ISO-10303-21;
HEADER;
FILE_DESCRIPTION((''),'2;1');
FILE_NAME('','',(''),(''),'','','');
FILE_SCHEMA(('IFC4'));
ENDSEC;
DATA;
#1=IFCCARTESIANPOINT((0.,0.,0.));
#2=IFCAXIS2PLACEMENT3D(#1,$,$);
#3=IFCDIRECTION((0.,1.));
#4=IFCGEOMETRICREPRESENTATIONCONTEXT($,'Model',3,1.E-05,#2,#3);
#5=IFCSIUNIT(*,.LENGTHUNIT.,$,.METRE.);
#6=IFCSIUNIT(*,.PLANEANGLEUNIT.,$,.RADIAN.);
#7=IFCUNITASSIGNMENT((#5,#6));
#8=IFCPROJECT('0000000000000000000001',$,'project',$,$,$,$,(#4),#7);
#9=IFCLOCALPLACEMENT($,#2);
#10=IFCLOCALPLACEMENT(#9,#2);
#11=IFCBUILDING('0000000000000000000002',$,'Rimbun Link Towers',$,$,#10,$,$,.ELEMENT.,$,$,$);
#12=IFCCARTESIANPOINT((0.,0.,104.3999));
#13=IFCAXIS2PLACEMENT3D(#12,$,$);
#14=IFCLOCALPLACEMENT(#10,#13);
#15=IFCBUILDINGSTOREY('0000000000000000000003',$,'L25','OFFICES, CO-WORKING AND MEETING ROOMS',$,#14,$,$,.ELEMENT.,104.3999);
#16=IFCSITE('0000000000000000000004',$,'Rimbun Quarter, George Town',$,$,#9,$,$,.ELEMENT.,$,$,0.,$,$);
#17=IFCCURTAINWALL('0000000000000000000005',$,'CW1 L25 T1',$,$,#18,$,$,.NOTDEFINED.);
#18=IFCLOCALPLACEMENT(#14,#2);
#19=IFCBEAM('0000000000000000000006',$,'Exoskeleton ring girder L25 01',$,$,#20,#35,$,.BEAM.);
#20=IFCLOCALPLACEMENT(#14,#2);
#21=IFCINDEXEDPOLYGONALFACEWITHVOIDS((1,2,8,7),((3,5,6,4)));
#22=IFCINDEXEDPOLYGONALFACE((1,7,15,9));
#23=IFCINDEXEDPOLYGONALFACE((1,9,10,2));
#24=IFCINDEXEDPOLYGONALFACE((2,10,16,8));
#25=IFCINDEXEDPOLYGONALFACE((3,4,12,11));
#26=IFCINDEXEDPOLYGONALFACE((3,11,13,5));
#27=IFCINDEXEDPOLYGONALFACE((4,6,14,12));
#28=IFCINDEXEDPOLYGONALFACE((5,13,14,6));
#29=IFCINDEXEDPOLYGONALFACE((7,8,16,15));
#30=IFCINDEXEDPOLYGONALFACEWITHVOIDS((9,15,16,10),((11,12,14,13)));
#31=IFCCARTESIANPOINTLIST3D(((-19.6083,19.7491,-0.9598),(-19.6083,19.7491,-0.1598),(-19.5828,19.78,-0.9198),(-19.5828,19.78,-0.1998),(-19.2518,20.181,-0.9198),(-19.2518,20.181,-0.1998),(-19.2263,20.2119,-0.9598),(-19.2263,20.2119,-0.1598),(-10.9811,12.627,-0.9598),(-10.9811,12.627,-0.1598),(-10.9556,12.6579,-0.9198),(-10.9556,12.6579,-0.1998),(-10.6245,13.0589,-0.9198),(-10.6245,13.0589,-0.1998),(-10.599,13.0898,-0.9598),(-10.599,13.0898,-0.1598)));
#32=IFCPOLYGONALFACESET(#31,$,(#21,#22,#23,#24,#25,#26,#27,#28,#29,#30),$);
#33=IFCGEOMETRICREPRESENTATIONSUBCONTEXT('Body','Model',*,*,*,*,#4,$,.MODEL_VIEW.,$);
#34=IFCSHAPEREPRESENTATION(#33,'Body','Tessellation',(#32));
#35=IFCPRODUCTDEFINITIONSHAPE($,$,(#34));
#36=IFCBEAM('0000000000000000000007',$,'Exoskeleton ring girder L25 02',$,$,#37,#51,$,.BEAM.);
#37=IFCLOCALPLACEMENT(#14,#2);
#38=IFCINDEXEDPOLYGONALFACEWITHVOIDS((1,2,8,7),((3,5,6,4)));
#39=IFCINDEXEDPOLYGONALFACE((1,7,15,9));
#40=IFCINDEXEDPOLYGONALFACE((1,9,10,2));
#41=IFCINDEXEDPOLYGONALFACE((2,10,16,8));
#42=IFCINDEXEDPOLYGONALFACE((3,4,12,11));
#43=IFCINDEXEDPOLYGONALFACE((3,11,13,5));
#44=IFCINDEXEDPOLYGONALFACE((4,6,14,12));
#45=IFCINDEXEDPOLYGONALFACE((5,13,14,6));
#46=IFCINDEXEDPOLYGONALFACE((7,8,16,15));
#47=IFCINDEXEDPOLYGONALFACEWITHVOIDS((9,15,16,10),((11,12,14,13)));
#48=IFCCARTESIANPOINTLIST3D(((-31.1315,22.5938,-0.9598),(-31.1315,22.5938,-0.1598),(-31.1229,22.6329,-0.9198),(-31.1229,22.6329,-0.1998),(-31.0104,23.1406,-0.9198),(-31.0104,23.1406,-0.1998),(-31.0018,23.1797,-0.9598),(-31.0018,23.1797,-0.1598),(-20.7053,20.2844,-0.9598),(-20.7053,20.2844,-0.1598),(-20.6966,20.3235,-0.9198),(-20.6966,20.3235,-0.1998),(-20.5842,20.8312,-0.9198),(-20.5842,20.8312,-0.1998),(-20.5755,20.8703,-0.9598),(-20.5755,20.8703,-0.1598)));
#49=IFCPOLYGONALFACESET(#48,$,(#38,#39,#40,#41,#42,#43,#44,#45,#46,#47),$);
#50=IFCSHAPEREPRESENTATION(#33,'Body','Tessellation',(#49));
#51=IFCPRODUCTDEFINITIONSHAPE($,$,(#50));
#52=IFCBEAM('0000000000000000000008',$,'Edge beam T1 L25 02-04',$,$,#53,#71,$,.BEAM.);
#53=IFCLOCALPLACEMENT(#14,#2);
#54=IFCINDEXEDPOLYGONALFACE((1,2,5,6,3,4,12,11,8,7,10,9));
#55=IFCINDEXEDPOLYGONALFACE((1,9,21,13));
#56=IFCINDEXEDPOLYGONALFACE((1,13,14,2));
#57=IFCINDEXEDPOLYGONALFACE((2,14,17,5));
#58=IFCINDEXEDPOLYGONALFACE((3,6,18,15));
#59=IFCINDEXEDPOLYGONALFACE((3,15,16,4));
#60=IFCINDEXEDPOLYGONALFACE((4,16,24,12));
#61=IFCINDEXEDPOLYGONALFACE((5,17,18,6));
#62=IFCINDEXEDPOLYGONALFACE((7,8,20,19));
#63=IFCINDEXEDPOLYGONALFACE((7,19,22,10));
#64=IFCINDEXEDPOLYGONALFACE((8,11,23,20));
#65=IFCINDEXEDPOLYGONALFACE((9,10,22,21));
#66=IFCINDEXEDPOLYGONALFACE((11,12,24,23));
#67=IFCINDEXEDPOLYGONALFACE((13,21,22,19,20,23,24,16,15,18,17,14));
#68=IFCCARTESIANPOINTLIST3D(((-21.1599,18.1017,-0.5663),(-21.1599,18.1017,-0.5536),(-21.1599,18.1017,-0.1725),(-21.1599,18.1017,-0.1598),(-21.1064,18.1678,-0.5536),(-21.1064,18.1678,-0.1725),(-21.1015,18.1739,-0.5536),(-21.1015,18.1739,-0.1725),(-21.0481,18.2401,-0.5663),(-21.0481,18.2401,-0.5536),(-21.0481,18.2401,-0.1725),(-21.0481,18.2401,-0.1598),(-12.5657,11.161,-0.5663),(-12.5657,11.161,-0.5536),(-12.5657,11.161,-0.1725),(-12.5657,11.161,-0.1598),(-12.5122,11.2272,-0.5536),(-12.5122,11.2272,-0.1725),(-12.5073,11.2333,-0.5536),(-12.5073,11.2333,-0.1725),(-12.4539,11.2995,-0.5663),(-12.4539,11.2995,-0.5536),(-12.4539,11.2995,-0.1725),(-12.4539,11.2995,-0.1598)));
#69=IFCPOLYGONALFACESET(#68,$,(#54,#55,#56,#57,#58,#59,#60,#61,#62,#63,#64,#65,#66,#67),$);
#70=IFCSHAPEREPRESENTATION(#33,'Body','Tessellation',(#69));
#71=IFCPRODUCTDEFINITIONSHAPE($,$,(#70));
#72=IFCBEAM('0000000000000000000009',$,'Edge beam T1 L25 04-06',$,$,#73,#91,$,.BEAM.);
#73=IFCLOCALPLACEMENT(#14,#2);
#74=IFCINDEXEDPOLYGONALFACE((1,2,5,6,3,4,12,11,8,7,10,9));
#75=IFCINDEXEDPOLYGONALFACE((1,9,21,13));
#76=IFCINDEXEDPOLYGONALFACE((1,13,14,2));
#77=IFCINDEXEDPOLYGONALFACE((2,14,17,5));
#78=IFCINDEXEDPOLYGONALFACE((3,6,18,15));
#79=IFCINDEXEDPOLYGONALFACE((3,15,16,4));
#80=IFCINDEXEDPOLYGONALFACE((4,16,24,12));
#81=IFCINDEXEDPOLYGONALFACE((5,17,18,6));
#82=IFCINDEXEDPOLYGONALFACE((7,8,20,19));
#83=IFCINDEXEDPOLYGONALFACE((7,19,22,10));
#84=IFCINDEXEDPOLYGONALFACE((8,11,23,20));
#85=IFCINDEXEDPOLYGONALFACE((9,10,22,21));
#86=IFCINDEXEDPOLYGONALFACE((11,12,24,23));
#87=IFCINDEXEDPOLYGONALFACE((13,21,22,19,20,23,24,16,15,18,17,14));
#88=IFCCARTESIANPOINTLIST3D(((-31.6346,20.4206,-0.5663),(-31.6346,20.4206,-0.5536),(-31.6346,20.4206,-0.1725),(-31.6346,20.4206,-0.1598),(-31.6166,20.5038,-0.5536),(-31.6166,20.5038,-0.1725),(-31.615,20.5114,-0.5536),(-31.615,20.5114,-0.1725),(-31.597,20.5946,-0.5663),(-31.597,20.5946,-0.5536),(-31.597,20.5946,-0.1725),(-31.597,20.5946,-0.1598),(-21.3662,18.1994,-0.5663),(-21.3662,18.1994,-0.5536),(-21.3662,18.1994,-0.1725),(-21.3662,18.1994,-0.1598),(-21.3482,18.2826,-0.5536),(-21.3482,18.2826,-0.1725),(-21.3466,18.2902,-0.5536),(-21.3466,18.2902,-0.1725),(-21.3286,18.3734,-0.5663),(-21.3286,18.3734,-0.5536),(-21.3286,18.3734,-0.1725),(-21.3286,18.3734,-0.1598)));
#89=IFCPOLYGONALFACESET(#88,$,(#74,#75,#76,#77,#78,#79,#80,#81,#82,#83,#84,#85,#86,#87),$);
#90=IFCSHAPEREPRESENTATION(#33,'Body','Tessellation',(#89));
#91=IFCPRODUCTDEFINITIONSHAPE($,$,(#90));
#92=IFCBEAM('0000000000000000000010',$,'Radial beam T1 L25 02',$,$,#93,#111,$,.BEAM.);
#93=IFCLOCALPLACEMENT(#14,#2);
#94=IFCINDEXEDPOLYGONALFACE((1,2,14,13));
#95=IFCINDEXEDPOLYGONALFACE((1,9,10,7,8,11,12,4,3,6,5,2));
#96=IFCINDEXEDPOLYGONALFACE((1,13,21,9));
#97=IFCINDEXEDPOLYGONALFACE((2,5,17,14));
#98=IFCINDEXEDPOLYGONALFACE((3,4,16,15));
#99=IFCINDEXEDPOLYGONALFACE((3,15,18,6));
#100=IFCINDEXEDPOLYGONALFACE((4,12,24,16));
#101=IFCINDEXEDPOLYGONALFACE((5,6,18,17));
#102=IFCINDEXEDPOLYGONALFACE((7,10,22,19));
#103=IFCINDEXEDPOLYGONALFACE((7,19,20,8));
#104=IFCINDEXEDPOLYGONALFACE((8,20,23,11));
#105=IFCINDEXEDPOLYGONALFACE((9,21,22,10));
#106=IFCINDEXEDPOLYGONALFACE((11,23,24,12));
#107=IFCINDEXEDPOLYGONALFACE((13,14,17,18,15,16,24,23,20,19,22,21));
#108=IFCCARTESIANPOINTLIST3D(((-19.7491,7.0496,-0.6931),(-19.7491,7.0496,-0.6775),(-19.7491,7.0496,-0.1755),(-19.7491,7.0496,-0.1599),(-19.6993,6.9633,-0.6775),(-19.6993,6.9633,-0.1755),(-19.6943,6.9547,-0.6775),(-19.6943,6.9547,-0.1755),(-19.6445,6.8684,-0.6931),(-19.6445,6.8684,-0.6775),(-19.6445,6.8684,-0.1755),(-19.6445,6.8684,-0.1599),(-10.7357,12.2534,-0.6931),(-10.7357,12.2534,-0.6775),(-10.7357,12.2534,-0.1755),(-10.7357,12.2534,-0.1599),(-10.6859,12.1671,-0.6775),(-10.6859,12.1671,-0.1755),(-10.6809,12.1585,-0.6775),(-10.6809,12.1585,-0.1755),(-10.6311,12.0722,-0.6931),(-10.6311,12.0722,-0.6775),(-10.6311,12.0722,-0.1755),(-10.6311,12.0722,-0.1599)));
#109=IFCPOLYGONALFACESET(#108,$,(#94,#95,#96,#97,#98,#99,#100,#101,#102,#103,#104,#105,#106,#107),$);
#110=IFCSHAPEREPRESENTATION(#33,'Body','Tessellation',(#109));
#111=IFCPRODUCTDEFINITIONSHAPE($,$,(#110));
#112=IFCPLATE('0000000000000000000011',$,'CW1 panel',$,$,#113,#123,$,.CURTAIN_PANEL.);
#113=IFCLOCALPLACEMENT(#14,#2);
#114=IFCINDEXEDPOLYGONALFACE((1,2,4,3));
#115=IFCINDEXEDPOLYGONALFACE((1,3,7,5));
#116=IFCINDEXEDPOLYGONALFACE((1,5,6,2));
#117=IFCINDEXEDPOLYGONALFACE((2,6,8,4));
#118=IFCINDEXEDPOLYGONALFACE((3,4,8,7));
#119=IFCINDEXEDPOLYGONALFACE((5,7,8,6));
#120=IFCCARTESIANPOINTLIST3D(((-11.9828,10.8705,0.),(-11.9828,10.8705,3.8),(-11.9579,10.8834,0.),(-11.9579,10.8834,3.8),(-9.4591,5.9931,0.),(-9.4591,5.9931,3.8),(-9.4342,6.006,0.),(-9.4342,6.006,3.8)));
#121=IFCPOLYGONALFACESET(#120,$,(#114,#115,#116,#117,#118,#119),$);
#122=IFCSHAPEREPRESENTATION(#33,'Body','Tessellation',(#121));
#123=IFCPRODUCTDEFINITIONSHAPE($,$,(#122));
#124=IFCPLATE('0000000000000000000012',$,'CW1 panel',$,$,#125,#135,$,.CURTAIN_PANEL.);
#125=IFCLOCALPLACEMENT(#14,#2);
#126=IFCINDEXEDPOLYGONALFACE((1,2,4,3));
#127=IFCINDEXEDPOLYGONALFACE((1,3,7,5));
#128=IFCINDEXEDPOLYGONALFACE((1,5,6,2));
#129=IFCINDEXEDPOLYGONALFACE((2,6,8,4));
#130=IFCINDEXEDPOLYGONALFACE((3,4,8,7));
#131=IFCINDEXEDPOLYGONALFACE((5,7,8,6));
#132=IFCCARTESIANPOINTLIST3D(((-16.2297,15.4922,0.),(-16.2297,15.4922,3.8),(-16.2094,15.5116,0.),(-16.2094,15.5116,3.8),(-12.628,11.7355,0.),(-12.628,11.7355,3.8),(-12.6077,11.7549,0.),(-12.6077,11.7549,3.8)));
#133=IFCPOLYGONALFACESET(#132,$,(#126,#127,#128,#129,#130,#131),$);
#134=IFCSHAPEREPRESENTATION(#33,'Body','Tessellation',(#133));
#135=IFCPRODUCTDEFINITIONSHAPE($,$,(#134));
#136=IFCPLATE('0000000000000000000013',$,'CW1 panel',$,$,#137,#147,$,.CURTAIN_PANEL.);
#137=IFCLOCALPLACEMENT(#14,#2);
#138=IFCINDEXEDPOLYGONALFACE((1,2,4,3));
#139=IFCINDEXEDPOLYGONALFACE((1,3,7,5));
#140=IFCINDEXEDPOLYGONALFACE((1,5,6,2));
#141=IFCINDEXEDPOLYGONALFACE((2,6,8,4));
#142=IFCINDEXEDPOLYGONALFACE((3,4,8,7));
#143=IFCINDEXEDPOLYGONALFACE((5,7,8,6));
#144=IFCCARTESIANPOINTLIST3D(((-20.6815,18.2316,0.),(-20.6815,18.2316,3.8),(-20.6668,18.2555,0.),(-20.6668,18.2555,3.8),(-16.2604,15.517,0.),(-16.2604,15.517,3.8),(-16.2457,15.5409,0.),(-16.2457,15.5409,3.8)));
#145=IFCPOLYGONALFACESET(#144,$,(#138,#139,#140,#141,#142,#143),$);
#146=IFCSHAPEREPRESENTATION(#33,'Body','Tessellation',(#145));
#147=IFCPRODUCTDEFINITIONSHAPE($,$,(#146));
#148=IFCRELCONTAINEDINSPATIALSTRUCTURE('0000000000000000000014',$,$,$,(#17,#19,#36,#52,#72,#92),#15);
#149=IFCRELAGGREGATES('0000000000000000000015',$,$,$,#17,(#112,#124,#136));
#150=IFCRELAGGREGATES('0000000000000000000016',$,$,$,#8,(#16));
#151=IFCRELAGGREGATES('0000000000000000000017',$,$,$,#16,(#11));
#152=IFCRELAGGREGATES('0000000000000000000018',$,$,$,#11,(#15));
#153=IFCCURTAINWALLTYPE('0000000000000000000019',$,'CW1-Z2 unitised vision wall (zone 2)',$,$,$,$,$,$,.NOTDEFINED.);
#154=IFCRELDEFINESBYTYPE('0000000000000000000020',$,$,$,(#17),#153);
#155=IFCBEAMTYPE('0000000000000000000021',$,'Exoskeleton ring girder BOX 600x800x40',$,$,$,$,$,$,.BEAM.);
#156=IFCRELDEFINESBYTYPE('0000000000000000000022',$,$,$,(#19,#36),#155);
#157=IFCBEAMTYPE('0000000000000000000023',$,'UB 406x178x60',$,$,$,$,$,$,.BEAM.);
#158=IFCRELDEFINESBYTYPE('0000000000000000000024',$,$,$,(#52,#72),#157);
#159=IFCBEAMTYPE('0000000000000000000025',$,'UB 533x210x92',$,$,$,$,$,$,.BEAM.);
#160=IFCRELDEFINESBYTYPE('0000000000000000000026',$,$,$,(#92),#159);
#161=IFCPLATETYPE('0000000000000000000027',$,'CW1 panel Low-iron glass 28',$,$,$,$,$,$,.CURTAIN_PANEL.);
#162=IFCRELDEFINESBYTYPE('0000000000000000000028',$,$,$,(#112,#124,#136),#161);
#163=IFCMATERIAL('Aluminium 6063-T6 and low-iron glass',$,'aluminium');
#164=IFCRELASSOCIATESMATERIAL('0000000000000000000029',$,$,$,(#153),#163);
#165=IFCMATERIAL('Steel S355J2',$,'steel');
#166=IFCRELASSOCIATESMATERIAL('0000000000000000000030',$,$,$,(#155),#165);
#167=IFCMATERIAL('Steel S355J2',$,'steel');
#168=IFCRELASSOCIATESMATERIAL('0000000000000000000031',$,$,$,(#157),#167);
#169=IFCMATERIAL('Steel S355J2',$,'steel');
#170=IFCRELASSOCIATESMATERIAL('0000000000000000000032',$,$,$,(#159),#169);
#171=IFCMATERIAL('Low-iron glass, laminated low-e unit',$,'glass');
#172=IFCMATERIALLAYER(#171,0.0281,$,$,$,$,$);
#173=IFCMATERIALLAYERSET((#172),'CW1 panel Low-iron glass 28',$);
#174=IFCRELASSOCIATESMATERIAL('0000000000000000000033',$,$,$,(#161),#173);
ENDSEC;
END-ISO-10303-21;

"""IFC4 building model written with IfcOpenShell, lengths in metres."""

from ifc_helpers import new_model, si_unit, direction, frame, origin, origin_2d, place, context, subcontext, project, spatial, rectangle, hollow_rectangle, i_section, extrude, material, layer, layer_set, material_profile, profile_set, type_object, element, aggregate, save


model = new_model("IFC4")

# Units and contexts
model_context = context("Model", 3, precision=1e-05, world=origin(), true_north=direction((0.0, 1.0)))
body_context = subcontext(model_context, "Body", "Model", "MODEL_VIEW")
ifc_project = project(units=[si_unit("LENGTHUNIT", "METRE"), si_unit("PLANEANGLEUNIT", "RADIAN")], contexts=[model_context])

# Site, building, storey
site_placement = place(None, origin())
site = spatial("IfcSite", under=ifc_project, at=site_placement, Name="Rimbun Quarter, George Town", CompositionType="ELEMENT", RefElevation=0.0)
building_placement = place(site_placement, origin())
building = spatial("IfcBuilding", under=site, at=building_placement, Name="Rimbun Link Towers", CompositionType="ELEMENT")
storey_placement = place(building_placement, frame((0.0, 0.0, 104.3999)))
storey = spatial("IfcBuildingStorey", under=building, at=storey_placement, Name="L25", Description="OFFICES, CO-WORKING AND MEETING ROOMS", CompositionType="ELEMENT", Elevation=104.3999)

# Curtain wall
ifc_material_1 = material(Name="Aluminium 6063-T6 and low-iron glass", Category="aluminium")
curtain_wall_type = type_object("IfcCurtainWallType", Name="CW1-Z2 unitised vision wall (zone 2)", PredefinedType="NOTDEFINED", material=ifc_material_1)
curtain_wall_placement = place(storey_placement, origin())
curtain_wall = element("IfcCurtainWall", 1, at=curtain_wall_placement, inside=storey, type_object=curtain_wall_type, Name="CW1 L25 T1", PredefinedType="NOTDEFINED")

# Beams
ifc_material_2 = material(Name="Steel S355J2", Category="steel")
ifc_material_profile_1 = material_profile(ifc_material_2, hollow_rectangle(XDim=0.6001, YDim=0.8, WallThickness=0.04, at=origin_2d()), Name="Exoskeleton ring girder BOX 600x800x40")
ifc_profile_set_1 = profile_set([ifc_material_profile_1], Name="Steel S355J2")
beam_type_1 = type_object("IfcBeamType", Name="Exoskeleton ring girder BOX 600x800x40", PredefinedType="BEAM", material=ifc_profile_set_1)
beam_1_placement = place(storey_placement, frame((-10.79, 12.8584, -0.5598), z_axis=(-0.77117, 0.636629, 0.0), x_axis=(-0.636629, -0.77117, 0.0)))
element("IfcBeam", 2, at=beam_1_placement, inside=storey, type_object=beam_type_1, Name="Exoskeleton ring girder L25 01", PredefinedType="BEAM", context=body_context, shape_type="SweptSolid", body=[
    extrude(hollow_rectangle(XDim=0.6001, YDim=0.8, WallThickness=0.04, at=origin_2d()), origin(), (0.0, 0.0, 1.0), 11.1873),
])
beam_2_placement = place(storey_placement, frame((-20.6404, 20.5774, -0.5598), z_axis=(-0.976338, 0.21625, 0.0), x_axis=(-0.21625, -0.976338, 0.0)))
element("IfcBeam", 3, at=beam_2_placement, inside=storey, type_object=beam_type_1, Name="Exoskeleton ring girder L25 02", PredefinedType="BEAM", context=body_context, shape_type="SweptSolid", body=[
    extrude(hollow_rectangle(XDim=0.6001, YDim=0.8, WallThickness=0.04, at=origin_2d()), origin(), (0.0, 0.0, 1.0), 10.679),
])
ifc_material_3 = material(Name="Steel S355J2", Category="steel")
ifc_material_profile_2 = material_profile(ifc_material_3, i_section(OverallWidth=0.178, OverallDepth=0.4065, WebThickness=0.0078, FlangeThickness=0.0127, at=origin_2d()), Name="UB 406x178x60")
ifc_profile_set_2 = profile_set([ifc_material_profile_2], Name="Steel S355J2")
beam_type_2 = type_object("IfcBeamType", Name="UB 406x178x60", PredefinedType="BEAM", material=ifc_profile_set_2)
beam_3_placement = place(storey_placement, frame((-12.5098, 11.2302, -0.363), z_axis=(-0.777978, 0.628292, 0.0), x_axis=(-0.628292, -0.777978, 0.0)))
element("IfcBeam", 4, at=beam_3_placement, inside=storey, type_object=beam_type_2, Name="Edge beam T1 L25 02-04", PredefinedType="BEAM", context=body_context, shape_type="SweptSolid", body=[
    extrude(i_section(OverallWidth=0.178, OverallDepth=0.4065, WebThickness=0.0078, FlangeThickness=0.0127, at=origin_2d()), origin(), (0.0, 0.0, 1.0), 11.0469),
])
beam_4_placement = place(storey_placement, frame((-21.3474, 18.2864, -0.363), z_axis=(-0.977394, 0.211425, 0.0), x_axis=(-0.211425, -0.977394, 0.0)))
element("IfcBeam", 5, at=beam_4_placement, inside=storey, type_object=beam_type_2, Name="Edge beam T1 L25 04-06", PredefinedType="BEAM", context=body_context, shape_type="SweptSolid", body=[
    extrude(i_section(OverallWidth=0.178, OverallDepth=0.4065, WebThickness=0.0078, FlangeThickness=0.0127, at=origin_2d()), origin(), (0.0, 0.0, 1.0), 10.5059),
])
ifc_material_4 = material(Name="Steel S355J2", Category="steel")
ifc_material_profile_3 = material_profile(ifc_material_4, i_section(OverallWidth=0.2092, OverallDepth=0.5332, WebThickness=0.01, FlangeThickness=0.0156, at=origin_2d()), Name="UB 533x210x92")
ifc_profile_set_3 = profile_set([ifc_material_profile_3], Name="Steel S355J2")
beam_type_3 = type_object("IfcBeamType", Name="UB 533x210x92", PredefinedType="BEAM", material=ifc_profile_set_3)
beam_5_placement = place(storey_placement, frame((-19.6968, 6.959, -0.4265), z_axis=(0.866027, 0.499997, 0.0), x_axis=(-0.499997, 0.866027, 0.0)))
element("IfcBeam", 6, at=beam_5_placement, inside=storey, type_object=beam_type_3, Name="Radial beam T1 L25 02", PredefinedType="BEAM", context=body_context, shape_type="SweptSolid", body=[
    extrude(i_section(OverallWidth=0.2092, OverallDepth=0.5332, WebThickness=0.01, FlangeThickness=0.0156, at=origin_2d()), origin(), (0.0, 0.0, 1.0), 10.4077),
])

# Plates
ifc_material_5 = material(Name="Low-iron glass, laminated low-e unit", Category="glass")
ifc_layer_1 = layer(ifc_material_5, 0.0281)
ifc_layer_set_1 = layer_set([ifc_layer_1], Name="CW1 panel Low-iron glass 28")
plate_type = type_object("IfcPlateType", Name="CW1 panel Low-iron glass 28", PredefinedType="CURTAIN_PANEL", material=ifc_layer_set_1)
plate_1_placement = place(storey_placement, frame((-10.7085, 8.4382, 0.0), z_axis=(0.0, 0.0, 1.0), x_axis=(0.459555, -0.888149, 0.0)))
plate_1 = element("IfcPlate", 7, at=plate_1_placement, type_object=plate_type, Name="CW1 panel", PredefinedType="CURTAIN_PANEL", context=body_context, shape_type="SweptSolid", body=[
    extrude(rectangle(XDim=5.4917, YDim=0.0281, at=origin_2d()), origin(), (0.0, 0.0, 1.0), 3.8),
])
plate_2_placement = place(storey_placement, frame((-14.4187, 13.6235, 0.0), z_axis=(0.0, 0.0, 1.0), x_axis=(0.692055, -0.721845, 0.0)))
plate_2 = element("IfcPlate", 8, at=plate_2_placement, type_object=plate_type, Name="CW1 panel", PredefinedType="CURTAIN_PANEL", context=body_context, shape_type="SweptSolid", body=[
    extrude(rectangle(XDim=5.2043, YDim=0.0281, at=origin_2d()), origin(), (0.0, 0.0, 1.0), 3.8),
])
plate_3_placement = place(storey_placement, frame((-18.4636, 16.8862, 0.0), z_axis=(0.0, 0.0, 1.0), x_axis=(0.852185, -0.523241, 0.0)))
plate_3 = element("IfcPlate", 9, at=plate_3_placement, type_object=plate_type, Name="CW1 panel", PredefinedType="CURTAIN_PANEL", context=body_context, shape_type="SweptSolid", body=[
    extrude(rectangle(XDim=5.188, YDim=0.0281, at=origin_2d()), origin(), (0.0, 0.0, 1.0), 3.8),
])
aggregate(curtain_wall, [plate_1, plate_2, plate_3])

save(model, "model.ifc")
